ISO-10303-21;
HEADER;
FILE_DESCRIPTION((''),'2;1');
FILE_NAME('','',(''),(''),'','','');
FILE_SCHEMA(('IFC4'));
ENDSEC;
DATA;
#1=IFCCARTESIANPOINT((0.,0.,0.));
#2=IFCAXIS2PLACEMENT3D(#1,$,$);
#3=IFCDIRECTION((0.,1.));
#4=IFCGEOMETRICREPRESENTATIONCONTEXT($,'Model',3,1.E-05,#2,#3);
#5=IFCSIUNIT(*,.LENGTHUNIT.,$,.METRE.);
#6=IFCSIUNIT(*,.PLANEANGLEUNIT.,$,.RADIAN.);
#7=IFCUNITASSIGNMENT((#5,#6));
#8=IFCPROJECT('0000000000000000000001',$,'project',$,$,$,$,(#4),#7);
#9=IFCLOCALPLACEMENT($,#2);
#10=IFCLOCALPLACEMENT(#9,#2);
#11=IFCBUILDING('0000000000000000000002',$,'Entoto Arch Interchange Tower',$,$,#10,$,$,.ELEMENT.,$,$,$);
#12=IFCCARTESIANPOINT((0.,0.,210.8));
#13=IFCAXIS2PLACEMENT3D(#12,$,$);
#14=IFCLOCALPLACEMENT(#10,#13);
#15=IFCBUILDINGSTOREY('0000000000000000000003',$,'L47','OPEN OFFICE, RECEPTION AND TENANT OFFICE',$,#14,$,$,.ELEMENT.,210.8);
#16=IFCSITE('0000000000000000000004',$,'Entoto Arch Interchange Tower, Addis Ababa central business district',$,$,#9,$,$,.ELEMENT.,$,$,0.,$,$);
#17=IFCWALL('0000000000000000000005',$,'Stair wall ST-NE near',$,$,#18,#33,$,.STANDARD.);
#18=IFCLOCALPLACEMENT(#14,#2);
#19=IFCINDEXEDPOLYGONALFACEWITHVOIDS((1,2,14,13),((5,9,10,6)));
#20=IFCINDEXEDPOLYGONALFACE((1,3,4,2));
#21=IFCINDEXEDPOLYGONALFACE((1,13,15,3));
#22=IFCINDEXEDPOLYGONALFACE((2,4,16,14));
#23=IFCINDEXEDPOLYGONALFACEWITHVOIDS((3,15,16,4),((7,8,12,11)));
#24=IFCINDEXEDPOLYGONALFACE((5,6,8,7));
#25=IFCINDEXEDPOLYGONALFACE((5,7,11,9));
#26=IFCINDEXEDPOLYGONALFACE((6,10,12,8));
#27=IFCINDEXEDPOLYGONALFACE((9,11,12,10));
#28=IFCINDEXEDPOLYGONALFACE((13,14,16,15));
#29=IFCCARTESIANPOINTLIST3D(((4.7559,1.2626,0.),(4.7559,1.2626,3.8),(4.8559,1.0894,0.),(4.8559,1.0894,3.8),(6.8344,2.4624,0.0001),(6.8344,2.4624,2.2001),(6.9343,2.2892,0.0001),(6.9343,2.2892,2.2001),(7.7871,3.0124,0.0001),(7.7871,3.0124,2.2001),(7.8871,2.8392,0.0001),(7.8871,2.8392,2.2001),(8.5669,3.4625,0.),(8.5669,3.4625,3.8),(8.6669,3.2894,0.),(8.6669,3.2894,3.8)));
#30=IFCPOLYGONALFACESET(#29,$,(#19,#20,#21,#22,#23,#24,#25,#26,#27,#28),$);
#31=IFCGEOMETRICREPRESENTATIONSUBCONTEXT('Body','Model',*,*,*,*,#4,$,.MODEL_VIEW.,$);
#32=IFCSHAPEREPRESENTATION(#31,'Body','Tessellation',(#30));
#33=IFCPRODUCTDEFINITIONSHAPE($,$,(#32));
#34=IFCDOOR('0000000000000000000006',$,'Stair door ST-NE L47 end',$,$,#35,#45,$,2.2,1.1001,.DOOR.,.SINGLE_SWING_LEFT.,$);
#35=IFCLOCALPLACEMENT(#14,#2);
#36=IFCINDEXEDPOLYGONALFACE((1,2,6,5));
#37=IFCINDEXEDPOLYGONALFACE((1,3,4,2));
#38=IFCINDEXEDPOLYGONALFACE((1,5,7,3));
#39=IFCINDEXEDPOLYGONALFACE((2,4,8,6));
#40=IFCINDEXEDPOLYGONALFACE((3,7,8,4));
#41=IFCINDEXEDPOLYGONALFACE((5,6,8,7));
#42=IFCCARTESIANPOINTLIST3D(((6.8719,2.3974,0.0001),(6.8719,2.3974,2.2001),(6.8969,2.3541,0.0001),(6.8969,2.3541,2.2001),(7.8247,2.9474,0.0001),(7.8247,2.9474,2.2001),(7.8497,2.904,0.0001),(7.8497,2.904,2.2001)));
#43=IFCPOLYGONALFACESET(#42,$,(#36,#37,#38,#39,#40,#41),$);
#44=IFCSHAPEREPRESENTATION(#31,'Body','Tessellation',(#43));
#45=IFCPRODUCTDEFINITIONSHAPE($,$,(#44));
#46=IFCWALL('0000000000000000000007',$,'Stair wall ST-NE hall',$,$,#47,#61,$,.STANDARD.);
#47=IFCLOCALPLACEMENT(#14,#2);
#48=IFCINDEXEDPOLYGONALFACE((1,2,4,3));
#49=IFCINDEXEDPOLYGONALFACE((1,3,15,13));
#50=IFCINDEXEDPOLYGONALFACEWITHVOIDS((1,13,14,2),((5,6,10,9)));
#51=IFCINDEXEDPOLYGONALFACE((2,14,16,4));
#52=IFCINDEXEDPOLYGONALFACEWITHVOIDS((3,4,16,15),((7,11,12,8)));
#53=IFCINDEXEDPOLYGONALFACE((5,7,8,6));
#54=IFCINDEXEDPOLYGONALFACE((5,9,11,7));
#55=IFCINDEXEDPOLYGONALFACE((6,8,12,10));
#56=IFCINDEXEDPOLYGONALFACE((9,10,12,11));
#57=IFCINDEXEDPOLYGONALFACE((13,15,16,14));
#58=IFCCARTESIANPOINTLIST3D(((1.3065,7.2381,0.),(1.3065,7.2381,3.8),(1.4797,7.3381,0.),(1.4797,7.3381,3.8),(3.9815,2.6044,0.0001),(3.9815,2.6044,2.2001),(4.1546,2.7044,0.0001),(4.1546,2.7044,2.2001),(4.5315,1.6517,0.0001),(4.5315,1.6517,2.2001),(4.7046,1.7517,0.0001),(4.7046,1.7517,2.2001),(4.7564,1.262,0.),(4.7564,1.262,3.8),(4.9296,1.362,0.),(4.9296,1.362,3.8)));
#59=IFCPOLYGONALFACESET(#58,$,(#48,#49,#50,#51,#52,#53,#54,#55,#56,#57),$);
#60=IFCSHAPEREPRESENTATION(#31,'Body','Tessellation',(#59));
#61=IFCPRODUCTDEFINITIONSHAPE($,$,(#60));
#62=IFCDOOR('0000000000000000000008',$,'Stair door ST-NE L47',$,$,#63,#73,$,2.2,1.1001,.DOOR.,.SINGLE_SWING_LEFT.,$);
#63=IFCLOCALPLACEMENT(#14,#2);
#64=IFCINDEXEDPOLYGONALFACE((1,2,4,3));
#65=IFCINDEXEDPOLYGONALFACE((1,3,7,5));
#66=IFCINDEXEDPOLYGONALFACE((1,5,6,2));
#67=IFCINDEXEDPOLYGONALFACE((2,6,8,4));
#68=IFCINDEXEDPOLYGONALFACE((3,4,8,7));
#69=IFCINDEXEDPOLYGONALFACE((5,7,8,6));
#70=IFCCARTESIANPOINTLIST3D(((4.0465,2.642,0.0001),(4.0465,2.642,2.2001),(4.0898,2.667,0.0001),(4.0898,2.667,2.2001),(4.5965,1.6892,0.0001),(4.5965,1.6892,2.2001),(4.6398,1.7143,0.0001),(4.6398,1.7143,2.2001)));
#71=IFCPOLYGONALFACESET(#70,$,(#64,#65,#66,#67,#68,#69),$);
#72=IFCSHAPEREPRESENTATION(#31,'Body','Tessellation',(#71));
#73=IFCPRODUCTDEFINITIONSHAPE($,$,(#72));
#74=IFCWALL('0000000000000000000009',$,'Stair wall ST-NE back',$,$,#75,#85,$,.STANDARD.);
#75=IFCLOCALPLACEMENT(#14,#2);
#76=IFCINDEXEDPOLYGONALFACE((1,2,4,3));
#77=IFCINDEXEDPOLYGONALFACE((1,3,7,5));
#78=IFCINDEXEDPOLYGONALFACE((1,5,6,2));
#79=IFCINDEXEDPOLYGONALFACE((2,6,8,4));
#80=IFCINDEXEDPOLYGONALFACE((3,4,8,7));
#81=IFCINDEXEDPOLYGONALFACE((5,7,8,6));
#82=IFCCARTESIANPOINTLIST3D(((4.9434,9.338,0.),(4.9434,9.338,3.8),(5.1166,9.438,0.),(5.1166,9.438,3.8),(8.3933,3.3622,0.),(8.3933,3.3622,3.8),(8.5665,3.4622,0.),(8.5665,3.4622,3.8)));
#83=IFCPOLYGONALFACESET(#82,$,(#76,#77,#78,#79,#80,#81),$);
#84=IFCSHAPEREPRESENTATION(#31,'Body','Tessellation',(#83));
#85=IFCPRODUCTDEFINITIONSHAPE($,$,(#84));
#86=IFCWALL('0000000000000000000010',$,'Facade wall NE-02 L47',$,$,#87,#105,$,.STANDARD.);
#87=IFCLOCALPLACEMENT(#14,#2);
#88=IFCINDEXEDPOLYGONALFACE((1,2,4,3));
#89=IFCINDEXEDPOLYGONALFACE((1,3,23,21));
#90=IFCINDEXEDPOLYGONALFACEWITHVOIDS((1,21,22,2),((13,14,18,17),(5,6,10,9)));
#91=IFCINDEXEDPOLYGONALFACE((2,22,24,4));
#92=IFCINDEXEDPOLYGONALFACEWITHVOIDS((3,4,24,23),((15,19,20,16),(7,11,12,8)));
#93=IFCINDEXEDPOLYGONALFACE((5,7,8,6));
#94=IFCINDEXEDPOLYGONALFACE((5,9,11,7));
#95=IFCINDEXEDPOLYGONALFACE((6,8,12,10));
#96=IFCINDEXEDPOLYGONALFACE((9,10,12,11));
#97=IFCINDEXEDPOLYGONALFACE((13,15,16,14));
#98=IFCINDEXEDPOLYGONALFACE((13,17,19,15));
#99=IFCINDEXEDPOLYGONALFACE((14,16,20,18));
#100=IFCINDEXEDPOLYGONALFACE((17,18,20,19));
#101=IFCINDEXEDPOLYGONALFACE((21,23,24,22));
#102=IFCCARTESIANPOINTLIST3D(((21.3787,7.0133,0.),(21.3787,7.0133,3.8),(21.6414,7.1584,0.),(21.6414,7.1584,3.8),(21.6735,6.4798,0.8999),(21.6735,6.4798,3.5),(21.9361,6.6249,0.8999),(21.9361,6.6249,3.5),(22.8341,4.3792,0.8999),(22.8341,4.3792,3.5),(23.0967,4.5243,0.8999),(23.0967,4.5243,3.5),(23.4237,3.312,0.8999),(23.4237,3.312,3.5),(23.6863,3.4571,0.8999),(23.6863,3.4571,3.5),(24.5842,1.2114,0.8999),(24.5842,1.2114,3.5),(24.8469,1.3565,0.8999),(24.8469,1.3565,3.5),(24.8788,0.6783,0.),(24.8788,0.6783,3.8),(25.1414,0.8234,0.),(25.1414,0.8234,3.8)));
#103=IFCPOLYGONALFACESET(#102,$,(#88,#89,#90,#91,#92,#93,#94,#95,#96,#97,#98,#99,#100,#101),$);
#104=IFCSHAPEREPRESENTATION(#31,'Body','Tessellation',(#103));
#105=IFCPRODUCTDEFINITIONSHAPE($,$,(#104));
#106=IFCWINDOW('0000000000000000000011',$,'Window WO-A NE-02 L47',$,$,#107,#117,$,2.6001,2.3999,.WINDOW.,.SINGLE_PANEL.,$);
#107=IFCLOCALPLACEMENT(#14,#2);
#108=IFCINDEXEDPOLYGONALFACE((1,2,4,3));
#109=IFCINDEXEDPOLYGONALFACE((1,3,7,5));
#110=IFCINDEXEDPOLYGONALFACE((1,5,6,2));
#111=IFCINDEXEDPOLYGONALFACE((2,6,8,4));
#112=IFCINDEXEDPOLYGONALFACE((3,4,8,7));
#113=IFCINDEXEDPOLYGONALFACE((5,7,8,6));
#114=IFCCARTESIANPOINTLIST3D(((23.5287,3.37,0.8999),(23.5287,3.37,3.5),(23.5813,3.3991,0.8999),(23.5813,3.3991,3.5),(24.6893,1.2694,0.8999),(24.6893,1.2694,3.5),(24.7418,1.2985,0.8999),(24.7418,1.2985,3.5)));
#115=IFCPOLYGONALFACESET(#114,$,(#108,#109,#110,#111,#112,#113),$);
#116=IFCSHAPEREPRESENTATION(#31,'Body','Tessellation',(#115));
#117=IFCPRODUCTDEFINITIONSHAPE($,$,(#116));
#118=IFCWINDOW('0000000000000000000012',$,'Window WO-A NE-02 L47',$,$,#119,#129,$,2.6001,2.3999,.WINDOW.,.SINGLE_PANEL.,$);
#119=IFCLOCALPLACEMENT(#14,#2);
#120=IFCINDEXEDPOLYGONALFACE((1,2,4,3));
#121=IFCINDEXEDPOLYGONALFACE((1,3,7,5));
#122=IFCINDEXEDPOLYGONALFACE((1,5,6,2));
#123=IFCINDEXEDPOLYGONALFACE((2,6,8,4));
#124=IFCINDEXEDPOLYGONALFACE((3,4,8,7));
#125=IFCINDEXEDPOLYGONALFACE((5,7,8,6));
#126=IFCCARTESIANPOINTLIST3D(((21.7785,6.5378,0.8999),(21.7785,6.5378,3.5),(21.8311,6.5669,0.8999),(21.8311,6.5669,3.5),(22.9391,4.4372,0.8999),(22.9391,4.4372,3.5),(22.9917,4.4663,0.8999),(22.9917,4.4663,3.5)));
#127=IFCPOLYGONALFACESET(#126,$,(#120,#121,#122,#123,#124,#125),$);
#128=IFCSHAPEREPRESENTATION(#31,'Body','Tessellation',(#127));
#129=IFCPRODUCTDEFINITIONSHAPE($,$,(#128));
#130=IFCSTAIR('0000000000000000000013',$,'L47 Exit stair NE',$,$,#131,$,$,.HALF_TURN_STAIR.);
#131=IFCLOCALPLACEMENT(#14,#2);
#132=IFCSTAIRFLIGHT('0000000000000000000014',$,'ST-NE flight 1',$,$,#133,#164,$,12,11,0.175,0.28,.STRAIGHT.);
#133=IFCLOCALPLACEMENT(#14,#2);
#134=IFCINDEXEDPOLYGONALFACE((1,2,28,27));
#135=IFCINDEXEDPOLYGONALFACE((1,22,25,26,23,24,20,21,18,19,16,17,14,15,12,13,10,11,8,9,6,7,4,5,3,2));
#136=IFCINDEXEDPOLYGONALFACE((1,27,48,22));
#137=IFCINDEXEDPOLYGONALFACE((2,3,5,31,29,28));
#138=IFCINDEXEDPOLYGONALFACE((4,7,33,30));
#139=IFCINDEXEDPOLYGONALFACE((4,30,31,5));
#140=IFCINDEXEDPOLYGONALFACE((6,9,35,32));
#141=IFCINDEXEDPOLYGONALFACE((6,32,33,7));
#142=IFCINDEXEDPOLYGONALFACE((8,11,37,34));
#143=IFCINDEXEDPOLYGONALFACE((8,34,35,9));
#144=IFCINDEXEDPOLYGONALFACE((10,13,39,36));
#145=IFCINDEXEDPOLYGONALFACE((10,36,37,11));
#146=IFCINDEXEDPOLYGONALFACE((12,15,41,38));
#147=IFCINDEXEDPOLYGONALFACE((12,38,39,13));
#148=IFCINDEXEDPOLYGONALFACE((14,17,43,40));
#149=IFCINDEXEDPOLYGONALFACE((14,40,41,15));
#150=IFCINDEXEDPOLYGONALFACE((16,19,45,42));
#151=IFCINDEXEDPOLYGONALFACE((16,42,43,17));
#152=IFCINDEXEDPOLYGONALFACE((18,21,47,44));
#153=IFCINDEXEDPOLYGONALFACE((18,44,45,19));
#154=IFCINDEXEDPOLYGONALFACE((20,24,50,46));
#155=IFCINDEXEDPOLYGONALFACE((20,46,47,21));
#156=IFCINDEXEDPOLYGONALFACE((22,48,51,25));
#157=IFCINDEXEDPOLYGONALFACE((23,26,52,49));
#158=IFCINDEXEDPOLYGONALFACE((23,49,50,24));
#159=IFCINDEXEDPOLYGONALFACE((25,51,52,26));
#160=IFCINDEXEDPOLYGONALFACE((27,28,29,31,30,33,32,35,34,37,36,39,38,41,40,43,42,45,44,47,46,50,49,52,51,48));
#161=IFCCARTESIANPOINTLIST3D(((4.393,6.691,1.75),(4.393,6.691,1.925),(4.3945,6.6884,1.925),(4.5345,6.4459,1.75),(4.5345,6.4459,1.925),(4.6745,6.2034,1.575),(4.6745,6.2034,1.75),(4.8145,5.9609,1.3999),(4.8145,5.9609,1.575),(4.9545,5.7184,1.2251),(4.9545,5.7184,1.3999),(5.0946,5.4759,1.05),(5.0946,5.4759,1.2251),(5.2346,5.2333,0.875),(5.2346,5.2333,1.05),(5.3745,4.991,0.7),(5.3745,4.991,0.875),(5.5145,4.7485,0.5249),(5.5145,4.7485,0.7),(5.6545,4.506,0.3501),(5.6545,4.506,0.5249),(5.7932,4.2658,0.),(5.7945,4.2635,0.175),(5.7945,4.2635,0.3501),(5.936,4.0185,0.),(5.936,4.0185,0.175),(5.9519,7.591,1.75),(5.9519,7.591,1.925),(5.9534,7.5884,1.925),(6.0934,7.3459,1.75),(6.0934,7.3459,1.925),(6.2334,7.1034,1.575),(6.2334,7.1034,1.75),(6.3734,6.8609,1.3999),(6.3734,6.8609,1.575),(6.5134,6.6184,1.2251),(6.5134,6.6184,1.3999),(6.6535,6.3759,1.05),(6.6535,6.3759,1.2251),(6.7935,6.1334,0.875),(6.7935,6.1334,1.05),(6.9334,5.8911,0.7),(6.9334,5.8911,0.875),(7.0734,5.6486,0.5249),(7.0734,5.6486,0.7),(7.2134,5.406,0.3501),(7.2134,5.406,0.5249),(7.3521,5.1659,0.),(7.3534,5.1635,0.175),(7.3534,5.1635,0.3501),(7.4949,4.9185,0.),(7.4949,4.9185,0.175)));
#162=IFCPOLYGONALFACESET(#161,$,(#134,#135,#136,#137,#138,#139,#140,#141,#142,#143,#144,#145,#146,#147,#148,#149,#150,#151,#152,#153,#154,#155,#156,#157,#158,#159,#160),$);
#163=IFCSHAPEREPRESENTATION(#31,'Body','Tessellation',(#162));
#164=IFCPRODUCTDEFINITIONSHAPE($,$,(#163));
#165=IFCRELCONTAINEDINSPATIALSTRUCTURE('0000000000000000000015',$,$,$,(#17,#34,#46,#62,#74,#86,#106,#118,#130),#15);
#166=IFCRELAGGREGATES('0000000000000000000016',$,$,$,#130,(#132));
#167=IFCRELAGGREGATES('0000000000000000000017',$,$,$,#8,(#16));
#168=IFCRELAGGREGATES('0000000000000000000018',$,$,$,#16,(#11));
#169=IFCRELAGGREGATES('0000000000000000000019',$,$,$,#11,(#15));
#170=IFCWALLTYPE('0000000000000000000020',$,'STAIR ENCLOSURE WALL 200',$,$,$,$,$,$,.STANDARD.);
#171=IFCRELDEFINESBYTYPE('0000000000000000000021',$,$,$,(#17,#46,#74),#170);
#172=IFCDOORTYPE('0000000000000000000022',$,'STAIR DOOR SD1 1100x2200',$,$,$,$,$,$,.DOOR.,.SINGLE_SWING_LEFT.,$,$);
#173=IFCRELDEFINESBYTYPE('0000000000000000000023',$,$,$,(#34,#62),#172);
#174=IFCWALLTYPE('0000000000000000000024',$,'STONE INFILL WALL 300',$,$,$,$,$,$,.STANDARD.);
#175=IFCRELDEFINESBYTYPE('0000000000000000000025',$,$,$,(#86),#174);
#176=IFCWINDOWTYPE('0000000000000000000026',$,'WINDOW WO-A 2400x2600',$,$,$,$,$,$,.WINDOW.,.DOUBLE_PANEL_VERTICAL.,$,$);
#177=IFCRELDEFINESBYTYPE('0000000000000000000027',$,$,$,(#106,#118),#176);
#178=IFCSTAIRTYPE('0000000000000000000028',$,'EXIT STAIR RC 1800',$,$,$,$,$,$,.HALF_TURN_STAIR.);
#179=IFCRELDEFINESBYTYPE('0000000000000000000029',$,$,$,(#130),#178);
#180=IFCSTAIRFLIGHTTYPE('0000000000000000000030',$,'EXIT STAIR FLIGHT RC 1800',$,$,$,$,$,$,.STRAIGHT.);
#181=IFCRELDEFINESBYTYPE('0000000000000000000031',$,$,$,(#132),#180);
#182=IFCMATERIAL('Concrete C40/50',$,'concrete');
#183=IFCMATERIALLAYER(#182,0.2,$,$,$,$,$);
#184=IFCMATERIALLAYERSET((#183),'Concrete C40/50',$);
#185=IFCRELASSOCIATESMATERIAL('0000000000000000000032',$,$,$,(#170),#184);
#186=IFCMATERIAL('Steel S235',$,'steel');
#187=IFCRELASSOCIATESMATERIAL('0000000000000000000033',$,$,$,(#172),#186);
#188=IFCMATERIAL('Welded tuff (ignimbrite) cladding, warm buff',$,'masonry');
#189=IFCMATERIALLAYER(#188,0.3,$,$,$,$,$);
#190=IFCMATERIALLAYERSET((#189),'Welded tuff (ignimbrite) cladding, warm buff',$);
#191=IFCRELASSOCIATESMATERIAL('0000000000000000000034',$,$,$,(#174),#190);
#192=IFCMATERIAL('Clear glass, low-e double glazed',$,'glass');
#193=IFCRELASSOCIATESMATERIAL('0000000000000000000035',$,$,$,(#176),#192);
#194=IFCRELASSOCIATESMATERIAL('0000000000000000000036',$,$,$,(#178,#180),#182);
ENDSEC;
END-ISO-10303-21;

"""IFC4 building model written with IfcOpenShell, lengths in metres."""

from ifc_helpers import new_model, si_unit, direction, frame, frame_2d, origin, place, context, subcontext, project, spatial, polyline, rectangle, outline, extrude, material, layer, layer_set, type_object, element, fill, aggregate, save


model = new_model("IFC4")

# Units and contexts
model_context = context("Model", 3, precision=1e-05, world=origin(), true_north=direction((0.0, 1.0)))
body_context = subcontext(model_context, "Body", "Model", "MODEL_VIEW")
ifc_project = project(units=[si_unit("LENGTHUNIT", "METRE"), si_unit("PLANEANGLEUNIT", "RADIAN")], contexts=[model_context])

# Site, building, storey
site_placement = place(None, origin())
site = spatial("IfcSite", under=ifc_project, at=site_placement, Name="Entoto Arch Interchange Tower, Addis Ababa central business district", CompositionType="ELEMENT", RefElevation=0.0)
building_placement = place(site_placement, origin())
building = spatial("IfcBuilding", under=site, at=building_placement, Name="Entoto Arch Interchange Tower", CompositionType="ELEMENT")
storey_placement = place(building_placement, frame((0.0, 0.0, 210.8)))
storey = spatial("IfcBuildingStorey", under=building, at=storey_placement, Name="L47", Description="OPEN OFFICE, RECEPTION AND TENANT OFFICE", CompositionType="ELEMENT", Elevation=210.8)

# Shared definitions
ifc_material_1 = material(Name="Concrete C40/50", Category="concrete")

# Walls, openings, doors
ifc_layer_1 = layer(ifc_material_1, 0.2)
ifc_layer_set_1 = layer_set([ifc_layer_1], Name="Concrete C40/50")
wall_type_1 = type_object("IfcWallType", Name="STAIR ENCLOSURE WALL 200", PredefinedType="STANDARD", material=ifc_layer_set_1)
wall_1_placement = place(storey_placement, frame((4.8059, 1.176, 0.0), z_axis=(0.0, 0.0, 1.0), x_axis=(0.86606, 0.49994, 0.0)))
wall_1 = element("IfcWall", 1, at=wall_1_placement, inside=storey, type_object=wall_type_1, Name="Stair wall ST-NE near", PredefinedType="STANDARD", context=body_context, shape_type="SweptSolid", body=[
    extrude(rectangle(XDim=4.4004, YDim=0.2, at=frame_2d((2.2002, 0.0))), origin(), (0.0, 0.0, 1.0), 3.8),
])
opening_1_placement = place(wall_1_placement, frame((2.3999, 0.0, 0.0)))
opening_1 = element("IfcOpeningElement", 2, at=opening_1_placement, cuts=wall_1, PredefinedType="OPENING", context=body_context, shape_type="SweptSolid", body=[
    extrude(rectangle(XDim=1.1001, YDim=2.2, at=frame_2d((0.55, 1.1001))), frame((0.0, 0.1099, 0.0), z_axis=(0.0, -1.0, 0.0), x_axis=(1.0, 0.0, 0.0)), (0.0, 0.0, 1.0), 0.22),
])
ifc_material_2 = material(Name="Steel S235", Category="steel")
door_type_1 = type_object("IfcDoorType", Name="STAIR DOOR SD1 1100x2200", OperationType="SINGLE_SWING_LEFT", PredefinedType="DOOR", material=ifc_material_2)
door_1_placement = place(opening_1_placement, origin())
door_1 = element("IfcDoor", 3, at=door_1_placement, inside=storey, type_object=door_type_1, Name="Stair door ST-NE L47 end", OperationType="SINGLE_SWING_LEFT", OverallHeight=2.2, OverallWidth=1.1001, PredefinedType="DOOR", context=body_context, shape_type="SweptSolid", body=[
    extrude(rectangle(XDim=1.1001, YDim=2.2, at=frame_2d((0.55, 1.1001))), frame((0.0, 0.0249, 0.0), z_axis=(0.0, -1.0, 0.0), x_axis=(1.0, 0.0, 0.0)), (0.0, 0.0, 1.0), 0.05),
])
fill(opening_1, door_1)
wall_2_placement = place(storey_placement, frame((4.843, 1.312, 0.0), z_axis=(0.0, 0.0, 1.0), x_axis=(-0.499963, 0.866047, 0.0)))
wall_2 = element("IfcWall", 4, at=wall_2_placement, inside=storey, type_object=wall_type_1, Name="Stair wall ST-NE hall", PredefinedType="STANDARD", context=body_context, shape_type="SweptSolid", body=[
    extrude(rectangle(XDim=6.9004, YDim=0.2, at=frame_2d((3.4502, 0.0))), origin(), (0.0, 0.0, 1.0), 3.8),
])
opening_2_placement = place(wall_2_placement, frame((0.45, 0.0, 0.0)))
opening_2 = element("IfcOpeningElement", 5, at=opening_2_placement, cuts=wall_2, PredefinedType="OPENING", context=body_context, shape_type="SweptSolid", body=[
    extrude(rectangle(XDim=1.1001, YDim=2.2, at=frame_2d((0.55, 1.1001))), frame((0.0, 0.1099, 0.0), z_axis=(0.0, -1.0, 0.0), x_axis=(1.0, 0.0, 0.0)), (0.0, 0.0, 1.0), 0.22),
])
door_2_placement = place(opening_2_placement, origin())
door_2 = element("IfcDoor", 6, at=door_2_placement, inside=storey, type_object=door_type_1, Name="Stair door ST-NE L47", OperationType="SINGLE_SWING_LEFT", OverallHeight=2.2, OverallWidth=1.1001, PredefinedType="DOOR", context=body_context, shape_type="SweptSolid", body=[
    extrude(rectangle(XDim=1.1001, YDim=2.2, at=frame_2d((0.55, 1.1001))), frame((0.0, 0.0249, 0.0), z_axis=(0.0, -1.0, 0.0), x_axis=(1.0, 0.0, 0.0)), (0.0, 0.0, 1.0), 0.05),
])
fill(opening_2, door_2)

# Wall
wall_3_placement = place(storey_placement, frame((8.48, 3.4121, 0.0), z_axis=(0.0, 0.0, 1.0), x_axis=(-0.499979, 0.866038, 0.0)))
element("IfcWall", 7, at=wall_3_placement, inside=storey, type_object=wall_type_1, Name="Stair wall ST-NE back", PredefinedType="STANDARD", context=body_context, shape_type="SweptSolid", body=[
    extrude(rectangle(XDim=6.9001, YDim=0.2, at=frame_2d((3.4502, 0.0))), origin(), (0.0, 0.0, 1.0), 3.8),
])

# Wall, openings, windows
ifc_material_3 = material(Name="Welded tuff (ignimbrite) cladding, warm buff", Category="masonry")
ifc_layer_2 = layer(ifc_material_3, 0.3)
ifc_layer_set_2 = layer_set([ifc_layer_2], Name="Welded tuff (ignimbrite) cladding, warm buff")
wall_type_2 = type_object("IfcWallType", Name="STONE INFILL WALL 300", PredefinedType="STANDARD", material=ifc_layer_set_2)
wall_4_placement = place(storey_placement, frame((25.01, 0.751, 0.0), z_axis=(0.0, 0.0, 1.0), x_axis=(-0.483591, 0.875294, 0.0)))
wall_4 = element("IfcWall", 8, at=wall_4_placement, inside=storey, type_object=wall_type_2, Name="Facade wall NE-02 L47", PredefinedType="STANDARD", context=body_context, shape_type="SweptSolid", body=[
    extrude(rectangle(XDim=7.2375, YDim=0.3, at=frame_2d((3.6187, 0.0))), origin(), (0.0, 0.0, 1.0), 3.8),
])
opening_3_placement = place(wall_4_placement, frame((0.6089, 0.0, 0.8999)))
opening_3 = element("IfcOpeningElement", 9, at=opening_3_placement, cuts=wall_4, PredefinedType="OPENING", context=body_context, shape_type="SweptSolid", body=[
    extrude(rectangle(XDim=2.3999, YDim=2.6001, at=frame_2d((1.2, 1.3))), frame((0.0, 0.1602, 0.0), z_axis=(0.0, -1.0, 0.0), x_axis=(1.0, 0.0, 0.0)), (0.0, 0.0, 1.0), 0.3201),
])
opening_4_placement = place(wall_4_placement, frame((4.228, 0.0, 0.8999)))
opening_4 = element("IfcOpeningElement", 10, at=opening_4_placement, cuts=wall_4, PredefinedType="OPENING", context=body_context, shape_type="SweptSolid", body=[
    extrude(rectangle(XDim=2.3999, YDim=2.6001, at=frame_2d((1.2, 1.3))), frame((0.0, 0.1602, 0.0), z_axis=(0.0, -1.0, 0.0), x_axis=(1.0, 0.0, 0.0)), (0.0, 0.0, 1.0), 0.3201),
])
ifc_material_4 = material(Name="Clear glass, low-e double glazed", Category="glass")
window_type = type_object("IfcWindowType", Name="WINDOW WO-A 2400x2600", PartitioningType="DOUBLE_PANEL_VERTICAL", PredefinedType="WINDOW", material=ifc_material_4)
window_1_placement = place(opening_3_placement, origin())
window_1 = element("IfcWindow", 11, at=window_1_placement, inside=storey, type_object=window_type, Name="Window WO-A NE-02 L47", OverallHeight=2.6001, OverallWidth=2.3999, PartitioningType="SINGLE_PANEL", PredefinedType="WINDOW", context=body_context, shape_type="SweptSolid", body=[
    extrude(rectangle(XDim=2.3999, YDim=2.6001, at=frame_2d((1.2, 1.3))), frame((0.0, 0.03, 0.0), z_axis=(0.0, -1.0, 0.0), x_axis=(1.0, 0.0, 0.0)), (0.0, 0.0, 1.0), 0.0601),
])
fill(opening_3, window_1)
window_2_placement = place(opening_4_placement, origin())
window_2 = element("IfcWindow", 12, at=window_2_placement, inside=storey, type_object=window_type, Name="Window WO-A NE-02 L47", OverallHeight=2.6001, OverallWidth=2.3999, PartitioningType="SINGLE_PANEL", PredefinedType="WINDOW", context=body_context, shape_type="SweptSolid", body=[
    extrude(rectangle(XDim=2.3999, YDim=2.6001, at=frame_2d((1.2, 1.3))), frame((0.0, 0.03, 0.0), z_axis=(0.0, -1.0, 0.0), x_axis=(1.0, 0.0, 0.0)), (0.0, 0.0, 1.0), 0.0601),
])
fill(opening_4, window_2)

# Stair, stair flight
stair_type = type_object("IfcStairType", Name="EXIT STAIR RC 1800", PredefinedType="HALF_TURN_STAIR", material=ifc_material_1)
stair_placement = place(storey_placement, origin())
stair = element("IfcStair", 13, at=stair_placement, inside=storey, type_object=stair_type, Name="L47 Exit stair NE", PredefinedType="HALF_TURN_STAIR")
stair_flight_type = type_object("IfcStairFlightType", Name="EXIT STAIR FLIGHT RC 1800", PredefinedType="STRAIGHT", material=ifc_material_1)
stair_flight_placement = place(storey_placement, frame((6.7139, 4.4709, 0.0), z_axis=(0.0, 0.0, 1.0), x_axis=(-0.5, 0.866025, 0.0)))
stair_flight = element("IfcStairFlight", 14, at=stair_flight_placement, type_object=stair_flight_type, Name="ST-NE flight 1", NumberOfRisers=12, NumberOfTreads=11, PredefinedType="STRAIGHT", RiserHeight=0.175, TreadLength=0.28, context=body_context, shape_type="SweptSolid", body=[
    extrude(outline(polyline([(-0.0029, 0.0), (-0.0029, 0.175), (0.28, 0.175), (0.28, 0.3501), (0.5601, 0.3501), (0.5601, 0.5249), (0.8401, 0.5249), (0.8401, 0.7), (1.1201, 0.7), (1.1201, 0.875), (1.3999, 0.875), (1.3999, 1.05), (1.6799, 1.05), (1.6799, 1.2251), (1.96, 1.2251), (1.96, 1.3999), (2.24, 1.3999), (2.24, 1.575), (2.52, 1.575), (2.52, 1.75), (2.8, 1.75), (2.8, 1.925), (3.0801, 1.925), (3.083, 1.925), (3.083, 1.75), (0.2827, 0.0), (-0.0029, 0.0)])), frame((0.0, 0.8999, 0.0), z_axis=(0.0, -1.0, 0.0), x_axis=(1.0, 0.0, 0.0)), (0.0, 0.0, 1.0), 1.8),
])
aggregate(stair, [stair_flight])

save(model, "model.ifc")
